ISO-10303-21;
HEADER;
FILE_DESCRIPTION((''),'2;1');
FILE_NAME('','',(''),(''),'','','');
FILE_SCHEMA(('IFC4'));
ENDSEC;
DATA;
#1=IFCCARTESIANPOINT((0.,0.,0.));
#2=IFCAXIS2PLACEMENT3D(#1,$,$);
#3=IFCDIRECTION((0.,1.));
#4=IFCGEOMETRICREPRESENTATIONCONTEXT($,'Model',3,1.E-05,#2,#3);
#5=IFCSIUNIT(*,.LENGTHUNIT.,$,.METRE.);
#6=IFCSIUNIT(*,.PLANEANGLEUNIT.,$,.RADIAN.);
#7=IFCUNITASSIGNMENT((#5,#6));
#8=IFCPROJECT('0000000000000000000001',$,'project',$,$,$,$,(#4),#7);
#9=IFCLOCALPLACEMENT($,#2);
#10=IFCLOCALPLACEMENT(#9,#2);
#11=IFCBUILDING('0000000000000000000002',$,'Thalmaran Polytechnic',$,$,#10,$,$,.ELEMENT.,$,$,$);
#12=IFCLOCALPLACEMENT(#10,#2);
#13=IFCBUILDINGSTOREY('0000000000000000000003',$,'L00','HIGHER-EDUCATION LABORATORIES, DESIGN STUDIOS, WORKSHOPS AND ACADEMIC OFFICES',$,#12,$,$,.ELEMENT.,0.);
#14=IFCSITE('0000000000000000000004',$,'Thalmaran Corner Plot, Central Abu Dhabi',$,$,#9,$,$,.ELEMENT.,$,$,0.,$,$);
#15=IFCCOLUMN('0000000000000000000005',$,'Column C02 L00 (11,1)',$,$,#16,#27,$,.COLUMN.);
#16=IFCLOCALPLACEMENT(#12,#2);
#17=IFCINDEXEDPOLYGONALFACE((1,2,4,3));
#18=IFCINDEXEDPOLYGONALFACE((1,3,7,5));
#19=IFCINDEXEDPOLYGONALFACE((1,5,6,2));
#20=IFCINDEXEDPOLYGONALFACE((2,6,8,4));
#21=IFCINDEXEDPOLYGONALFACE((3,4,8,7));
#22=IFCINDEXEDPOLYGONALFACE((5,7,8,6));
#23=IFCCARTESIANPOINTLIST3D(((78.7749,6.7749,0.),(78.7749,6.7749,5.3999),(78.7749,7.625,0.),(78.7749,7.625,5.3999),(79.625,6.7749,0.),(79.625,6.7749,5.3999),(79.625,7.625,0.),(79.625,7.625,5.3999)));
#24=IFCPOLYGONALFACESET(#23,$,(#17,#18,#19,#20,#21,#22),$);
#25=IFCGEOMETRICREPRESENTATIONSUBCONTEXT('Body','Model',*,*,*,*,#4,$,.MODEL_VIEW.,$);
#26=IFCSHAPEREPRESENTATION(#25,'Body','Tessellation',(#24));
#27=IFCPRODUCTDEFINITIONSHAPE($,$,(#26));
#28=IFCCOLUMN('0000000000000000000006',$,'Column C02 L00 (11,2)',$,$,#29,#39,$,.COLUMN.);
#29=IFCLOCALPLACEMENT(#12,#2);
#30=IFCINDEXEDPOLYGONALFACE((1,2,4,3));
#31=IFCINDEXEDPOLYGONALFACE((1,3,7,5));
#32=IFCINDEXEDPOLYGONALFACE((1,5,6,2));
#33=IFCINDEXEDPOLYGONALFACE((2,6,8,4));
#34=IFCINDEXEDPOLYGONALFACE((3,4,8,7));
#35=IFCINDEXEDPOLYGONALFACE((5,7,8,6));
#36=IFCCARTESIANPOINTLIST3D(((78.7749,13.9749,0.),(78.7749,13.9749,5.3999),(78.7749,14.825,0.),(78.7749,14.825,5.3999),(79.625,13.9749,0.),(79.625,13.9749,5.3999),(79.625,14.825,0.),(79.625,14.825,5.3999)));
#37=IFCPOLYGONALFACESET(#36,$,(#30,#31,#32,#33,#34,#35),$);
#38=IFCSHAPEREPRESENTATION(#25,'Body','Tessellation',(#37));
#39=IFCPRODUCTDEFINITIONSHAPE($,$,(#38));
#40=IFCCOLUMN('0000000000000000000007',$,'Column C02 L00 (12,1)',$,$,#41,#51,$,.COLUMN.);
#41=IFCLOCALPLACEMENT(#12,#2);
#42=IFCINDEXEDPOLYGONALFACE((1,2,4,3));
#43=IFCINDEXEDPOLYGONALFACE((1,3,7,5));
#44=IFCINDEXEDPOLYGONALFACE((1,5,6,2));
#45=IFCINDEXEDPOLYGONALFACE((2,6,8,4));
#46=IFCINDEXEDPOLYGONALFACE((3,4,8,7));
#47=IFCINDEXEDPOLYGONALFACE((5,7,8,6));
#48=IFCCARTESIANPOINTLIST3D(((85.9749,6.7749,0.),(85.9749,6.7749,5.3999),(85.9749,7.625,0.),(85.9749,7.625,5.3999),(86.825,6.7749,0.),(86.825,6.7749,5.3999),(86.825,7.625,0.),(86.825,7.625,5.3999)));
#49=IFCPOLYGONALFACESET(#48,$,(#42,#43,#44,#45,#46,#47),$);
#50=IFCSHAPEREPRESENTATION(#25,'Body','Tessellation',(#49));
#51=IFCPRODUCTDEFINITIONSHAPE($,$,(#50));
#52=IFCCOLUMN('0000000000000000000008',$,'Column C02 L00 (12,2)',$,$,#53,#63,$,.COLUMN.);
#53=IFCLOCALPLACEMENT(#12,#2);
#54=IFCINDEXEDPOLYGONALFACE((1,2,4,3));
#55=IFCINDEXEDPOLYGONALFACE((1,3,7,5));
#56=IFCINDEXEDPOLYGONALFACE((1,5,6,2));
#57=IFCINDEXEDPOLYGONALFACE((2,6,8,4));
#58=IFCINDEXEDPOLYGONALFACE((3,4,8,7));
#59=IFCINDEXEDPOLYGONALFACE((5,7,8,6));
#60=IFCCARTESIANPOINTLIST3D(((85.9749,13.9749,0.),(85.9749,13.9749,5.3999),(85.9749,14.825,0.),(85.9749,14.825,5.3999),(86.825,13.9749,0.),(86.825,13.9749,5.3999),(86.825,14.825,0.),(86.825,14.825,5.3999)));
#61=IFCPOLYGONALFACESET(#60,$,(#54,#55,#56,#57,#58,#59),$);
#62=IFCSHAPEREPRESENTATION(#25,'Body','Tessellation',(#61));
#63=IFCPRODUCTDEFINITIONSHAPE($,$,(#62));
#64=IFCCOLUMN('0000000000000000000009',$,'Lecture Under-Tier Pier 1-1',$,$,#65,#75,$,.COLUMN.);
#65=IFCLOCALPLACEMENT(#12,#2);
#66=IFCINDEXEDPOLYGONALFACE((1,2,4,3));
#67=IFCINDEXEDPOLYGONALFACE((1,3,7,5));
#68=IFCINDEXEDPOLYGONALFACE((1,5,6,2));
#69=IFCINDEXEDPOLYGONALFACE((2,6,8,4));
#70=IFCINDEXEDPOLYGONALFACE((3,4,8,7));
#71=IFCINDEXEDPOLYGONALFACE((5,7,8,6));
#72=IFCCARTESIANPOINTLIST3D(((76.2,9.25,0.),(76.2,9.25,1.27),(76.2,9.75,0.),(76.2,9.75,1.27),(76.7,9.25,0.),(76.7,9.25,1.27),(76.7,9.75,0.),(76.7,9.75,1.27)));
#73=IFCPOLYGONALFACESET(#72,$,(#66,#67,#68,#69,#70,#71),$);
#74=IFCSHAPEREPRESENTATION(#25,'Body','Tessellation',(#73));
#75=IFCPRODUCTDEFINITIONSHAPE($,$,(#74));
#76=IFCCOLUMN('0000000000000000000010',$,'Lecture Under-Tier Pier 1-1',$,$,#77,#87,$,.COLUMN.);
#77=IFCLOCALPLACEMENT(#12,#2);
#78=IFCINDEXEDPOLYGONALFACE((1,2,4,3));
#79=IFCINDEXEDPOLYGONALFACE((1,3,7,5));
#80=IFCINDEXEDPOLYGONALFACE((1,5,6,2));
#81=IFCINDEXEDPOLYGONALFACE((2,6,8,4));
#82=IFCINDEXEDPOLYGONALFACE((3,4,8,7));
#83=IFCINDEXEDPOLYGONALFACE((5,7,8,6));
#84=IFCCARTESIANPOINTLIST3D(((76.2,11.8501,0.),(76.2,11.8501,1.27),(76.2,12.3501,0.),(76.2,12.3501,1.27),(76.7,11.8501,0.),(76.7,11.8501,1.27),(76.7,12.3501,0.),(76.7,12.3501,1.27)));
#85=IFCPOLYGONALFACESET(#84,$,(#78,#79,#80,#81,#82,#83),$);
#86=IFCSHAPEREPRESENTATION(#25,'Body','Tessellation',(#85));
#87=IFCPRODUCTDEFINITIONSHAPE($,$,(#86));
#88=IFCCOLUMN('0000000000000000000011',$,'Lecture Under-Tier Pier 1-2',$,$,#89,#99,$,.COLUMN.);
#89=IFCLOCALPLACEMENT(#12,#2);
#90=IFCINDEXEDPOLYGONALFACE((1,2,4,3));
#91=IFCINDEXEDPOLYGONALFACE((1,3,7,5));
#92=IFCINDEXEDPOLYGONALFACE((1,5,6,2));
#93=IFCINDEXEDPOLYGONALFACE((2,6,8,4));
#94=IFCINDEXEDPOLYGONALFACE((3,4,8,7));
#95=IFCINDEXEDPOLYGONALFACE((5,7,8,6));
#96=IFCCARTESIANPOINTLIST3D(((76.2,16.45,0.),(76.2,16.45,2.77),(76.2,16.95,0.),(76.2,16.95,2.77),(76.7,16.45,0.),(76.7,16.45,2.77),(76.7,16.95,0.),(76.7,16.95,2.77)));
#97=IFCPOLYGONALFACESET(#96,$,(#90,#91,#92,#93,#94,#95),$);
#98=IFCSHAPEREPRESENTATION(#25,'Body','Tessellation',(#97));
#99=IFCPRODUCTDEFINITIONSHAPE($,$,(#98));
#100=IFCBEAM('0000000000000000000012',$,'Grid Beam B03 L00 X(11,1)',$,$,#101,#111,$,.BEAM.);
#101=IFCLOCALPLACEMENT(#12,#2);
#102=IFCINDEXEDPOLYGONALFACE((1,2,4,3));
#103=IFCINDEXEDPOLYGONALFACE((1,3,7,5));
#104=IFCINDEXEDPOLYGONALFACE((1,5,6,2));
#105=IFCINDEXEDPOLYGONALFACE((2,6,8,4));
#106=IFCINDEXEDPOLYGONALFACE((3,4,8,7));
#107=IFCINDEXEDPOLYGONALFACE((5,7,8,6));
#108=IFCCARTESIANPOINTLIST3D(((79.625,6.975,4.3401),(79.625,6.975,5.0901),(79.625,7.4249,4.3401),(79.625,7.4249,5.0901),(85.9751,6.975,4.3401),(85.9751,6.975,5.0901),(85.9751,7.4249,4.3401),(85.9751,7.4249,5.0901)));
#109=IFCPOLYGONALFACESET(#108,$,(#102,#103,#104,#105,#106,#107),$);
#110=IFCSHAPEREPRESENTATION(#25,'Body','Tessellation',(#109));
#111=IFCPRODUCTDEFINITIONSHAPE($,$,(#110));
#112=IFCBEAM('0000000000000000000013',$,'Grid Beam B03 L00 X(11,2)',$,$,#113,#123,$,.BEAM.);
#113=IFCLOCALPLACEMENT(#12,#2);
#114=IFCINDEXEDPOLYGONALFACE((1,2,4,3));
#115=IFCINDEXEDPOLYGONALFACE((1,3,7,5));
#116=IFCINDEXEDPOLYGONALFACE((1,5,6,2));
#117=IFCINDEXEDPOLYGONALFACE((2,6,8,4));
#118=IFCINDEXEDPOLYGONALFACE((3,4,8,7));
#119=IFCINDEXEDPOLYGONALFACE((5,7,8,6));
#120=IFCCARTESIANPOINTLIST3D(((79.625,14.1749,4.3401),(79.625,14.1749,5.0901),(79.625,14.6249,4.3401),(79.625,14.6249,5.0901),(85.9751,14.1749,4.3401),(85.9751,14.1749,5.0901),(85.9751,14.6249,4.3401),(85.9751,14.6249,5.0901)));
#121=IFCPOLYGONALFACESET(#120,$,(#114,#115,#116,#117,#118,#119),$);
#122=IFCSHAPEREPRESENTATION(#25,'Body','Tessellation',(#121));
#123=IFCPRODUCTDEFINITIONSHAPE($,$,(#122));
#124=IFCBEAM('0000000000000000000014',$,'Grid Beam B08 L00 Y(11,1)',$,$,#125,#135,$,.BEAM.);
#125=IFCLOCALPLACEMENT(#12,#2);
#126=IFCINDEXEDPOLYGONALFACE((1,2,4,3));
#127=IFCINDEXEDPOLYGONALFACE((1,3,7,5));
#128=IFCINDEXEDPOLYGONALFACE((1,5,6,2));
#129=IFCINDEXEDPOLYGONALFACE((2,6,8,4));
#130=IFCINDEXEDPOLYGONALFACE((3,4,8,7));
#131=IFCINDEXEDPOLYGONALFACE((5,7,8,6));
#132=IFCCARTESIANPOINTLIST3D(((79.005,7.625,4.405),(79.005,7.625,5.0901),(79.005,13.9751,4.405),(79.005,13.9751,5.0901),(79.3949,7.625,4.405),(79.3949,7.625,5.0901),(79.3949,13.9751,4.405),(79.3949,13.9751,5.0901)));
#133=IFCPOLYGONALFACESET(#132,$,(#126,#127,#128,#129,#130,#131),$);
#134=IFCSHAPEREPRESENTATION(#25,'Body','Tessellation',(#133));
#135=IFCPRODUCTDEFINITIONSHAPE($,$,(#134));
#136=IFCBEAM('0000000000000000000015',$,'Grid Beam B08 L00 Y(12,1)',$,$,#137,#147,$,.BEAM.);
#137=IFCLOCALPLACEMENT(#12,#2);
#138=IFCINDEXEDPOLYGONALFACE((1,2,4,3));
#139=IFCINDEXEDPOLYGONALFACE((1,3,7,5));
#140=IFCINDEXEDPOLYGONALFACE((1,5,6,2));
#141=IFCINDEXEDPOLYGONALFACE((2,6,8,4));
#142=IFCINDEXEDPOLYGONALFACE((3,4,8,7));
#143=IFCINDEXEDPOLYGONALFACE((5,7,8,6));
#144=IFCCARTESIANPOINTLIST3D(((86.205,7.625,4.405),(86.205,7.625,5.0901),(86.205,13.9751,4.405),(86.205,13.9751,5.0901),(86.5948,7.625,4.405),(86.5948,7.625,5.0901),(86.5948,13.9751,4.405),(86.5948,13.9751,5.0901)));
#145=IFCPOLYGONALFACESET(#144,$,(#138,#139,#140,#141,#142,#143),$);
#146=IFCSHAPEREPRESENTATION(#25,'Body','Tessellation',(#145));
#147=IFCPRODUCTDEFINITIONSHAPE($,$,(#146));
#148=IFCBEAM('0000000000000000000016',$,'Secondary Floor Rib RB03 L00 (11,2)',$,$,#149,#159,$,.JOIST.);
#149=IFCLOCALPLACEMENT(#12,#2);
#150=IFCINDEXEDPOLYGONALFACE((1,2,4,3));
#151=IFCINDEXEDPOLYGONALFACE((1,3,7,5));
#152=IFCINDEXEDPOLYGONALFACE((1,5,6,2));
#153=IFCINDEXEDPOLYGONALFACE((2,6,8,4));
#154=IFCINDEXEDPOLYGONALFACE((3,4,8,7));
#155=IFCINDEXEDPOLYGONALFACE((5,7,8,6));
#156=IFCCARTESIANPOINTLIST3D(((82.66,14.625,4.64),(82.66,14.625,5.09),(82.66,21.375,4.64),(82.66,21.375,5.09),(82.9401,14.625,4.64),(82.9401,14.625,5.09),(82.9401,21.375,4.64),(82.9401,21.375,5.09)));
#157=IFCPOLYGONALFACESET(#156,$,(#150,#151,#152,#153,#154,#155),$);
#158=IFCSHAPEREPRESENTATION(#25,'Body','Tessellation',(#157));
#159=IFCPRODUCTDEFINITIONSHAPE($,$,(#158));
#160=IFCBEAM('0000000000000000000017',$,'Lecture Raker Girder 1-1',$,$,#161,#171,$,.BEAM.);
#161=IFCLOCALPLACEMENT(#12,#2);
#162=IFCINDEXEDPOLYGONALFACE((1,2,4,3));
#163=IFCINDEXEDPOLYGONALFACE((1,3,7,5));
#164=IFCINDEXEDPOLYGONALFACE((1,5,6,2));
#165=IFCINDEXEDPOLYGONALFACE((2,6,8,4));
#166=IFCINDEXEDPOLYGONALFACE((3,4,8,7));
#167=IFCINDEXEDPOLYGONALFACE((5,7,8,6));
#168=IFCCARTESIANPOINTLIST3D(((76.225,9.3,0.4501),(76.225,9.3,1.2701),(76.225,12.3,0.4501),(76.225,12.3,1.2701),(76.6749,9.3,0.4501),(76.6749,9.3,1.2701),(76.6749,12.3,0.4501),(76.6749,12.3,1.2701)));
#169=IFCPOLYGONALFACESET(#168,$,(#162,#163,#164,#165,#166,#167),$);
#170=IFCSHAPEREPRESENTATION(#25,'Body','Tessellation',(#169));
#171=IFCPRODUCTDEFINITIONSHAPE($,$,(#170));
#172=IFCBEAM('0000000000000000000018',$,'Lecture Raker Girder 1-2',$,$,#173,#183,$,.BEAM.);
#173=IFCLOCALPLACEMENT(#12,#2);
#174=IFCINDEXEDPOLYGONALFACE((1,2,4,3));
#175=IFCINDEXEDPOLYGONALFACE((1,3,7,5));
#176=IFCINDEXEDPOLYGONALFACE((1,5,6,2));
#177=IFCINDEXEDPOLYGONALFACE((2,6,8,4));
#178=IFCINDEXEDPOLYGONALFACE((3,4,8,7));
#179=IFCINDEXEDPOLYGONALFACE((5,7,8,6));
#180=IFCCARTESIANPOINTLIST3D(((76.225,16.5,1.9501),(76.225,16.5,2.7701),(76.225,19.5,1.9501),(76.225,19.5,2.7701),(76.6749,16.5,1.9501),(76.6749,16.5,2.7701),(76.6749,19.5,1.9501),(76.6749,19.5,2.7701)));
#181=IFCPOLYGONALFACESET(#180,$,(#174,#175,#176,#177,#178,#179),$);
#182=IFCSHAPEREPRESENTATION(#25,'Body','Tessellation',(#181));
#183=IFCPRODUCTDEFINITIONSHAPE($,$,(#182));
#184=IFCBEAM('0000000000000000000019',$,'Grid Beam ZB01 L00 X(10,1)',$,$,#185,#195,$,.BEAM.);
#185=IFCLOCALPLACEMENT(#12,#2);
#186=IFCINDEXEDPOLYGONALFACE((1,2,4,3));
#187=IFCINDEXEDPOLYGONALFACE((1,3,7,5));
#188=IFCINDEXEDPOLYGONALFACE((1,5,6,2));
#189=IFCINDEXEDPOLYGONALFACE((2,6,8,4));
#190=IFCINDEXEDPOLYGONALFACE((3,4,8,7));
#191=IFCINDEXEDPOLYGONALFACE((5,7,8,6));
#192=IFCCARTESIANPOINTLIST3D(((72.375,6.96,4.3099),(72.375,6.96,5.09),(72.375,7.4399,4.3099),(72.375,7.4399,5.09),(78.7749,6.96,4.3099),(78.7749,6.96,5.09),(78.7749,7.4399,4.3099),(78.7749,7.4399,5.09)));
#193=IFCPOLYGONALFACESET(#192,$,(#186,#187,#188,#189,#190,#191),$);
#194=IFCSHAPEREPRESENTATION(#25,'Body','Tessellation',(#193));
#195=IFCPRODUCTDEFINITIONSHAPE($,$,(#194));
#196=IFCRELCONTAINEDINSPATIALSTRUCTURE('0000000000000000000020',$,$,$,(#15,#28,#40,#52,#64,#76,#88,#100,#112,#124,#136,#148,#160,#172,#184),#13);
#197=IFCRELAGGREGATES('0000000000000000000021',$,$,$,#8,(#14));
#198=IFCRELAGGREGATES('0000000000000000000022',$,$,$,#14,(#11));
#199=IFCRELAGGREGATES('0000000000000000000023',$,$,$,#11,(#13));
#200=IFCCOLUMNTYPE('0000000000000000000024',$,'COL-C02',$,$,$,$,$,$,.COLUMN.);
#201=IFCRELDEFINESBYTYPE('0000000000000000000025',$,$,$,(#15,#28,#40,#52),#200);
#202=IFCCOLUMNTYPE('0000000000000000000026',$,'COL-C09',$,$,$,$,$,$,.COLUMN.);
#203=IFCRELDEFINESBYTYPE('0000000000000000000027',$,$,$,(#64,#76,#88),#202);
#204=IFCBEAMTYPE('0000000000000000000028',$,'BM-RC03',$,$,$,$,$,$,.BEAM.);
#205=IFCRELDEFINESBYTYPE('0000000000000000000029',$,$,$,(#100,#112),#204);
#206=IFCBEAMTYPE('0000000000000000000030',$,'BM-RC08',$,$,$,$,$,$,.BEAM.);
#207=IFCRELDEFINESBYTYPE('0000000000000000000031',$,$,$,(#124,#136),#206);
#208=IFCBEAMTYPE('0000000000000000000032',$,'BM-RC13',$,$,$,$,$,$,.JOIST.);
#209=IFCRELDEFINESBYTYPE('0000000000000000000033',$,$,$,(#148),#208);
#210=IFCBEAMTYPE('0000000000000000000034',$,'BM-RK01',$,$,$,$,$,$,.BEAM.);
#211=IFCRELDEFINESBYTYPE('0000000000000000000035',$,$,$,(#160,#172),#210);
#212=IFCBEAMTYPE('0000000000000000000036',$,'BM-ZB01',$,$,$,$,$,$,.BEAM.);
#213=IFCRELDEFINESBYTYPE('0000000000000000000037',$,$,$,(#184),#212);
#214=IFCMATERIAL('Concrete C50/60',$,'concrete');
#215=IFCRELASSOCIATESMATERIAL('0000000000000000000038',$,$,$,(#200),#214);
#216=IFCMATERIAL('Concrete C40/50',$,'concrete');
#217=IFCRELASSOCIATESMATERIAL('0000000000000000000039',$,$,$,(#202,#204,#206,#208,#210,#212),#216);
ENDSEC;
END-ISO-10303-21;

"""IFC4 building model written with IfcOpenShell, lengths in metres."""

from ifc_helpers import new_model, si_unit, direction, frame, origin, origin_2d, place, context, subcontext, project, spatial, rectangle, extrude, material, material_profile, profile_set, type_object, element, save


model = new_model("IFC4")

# Units and contexts
model_context = context("Model", 3, precision=1e-05, world=origin(), true_north=direction((0.0, 1.0)))
body_context = subcontext(model_context, "Body", "Model", "MODEL_VIEW")
ifc_project = project(units=[si_unit("LENGTHUNIT", "METRE"), si_unit("PLANEANGLEUNIT", "RADIAN")], contexts=[model_context])

# Site, building, storey
site_placement = place(None, origin())
site = spatial("IfcSite", under=ifc_project, at=site_placement, Name="Thalmaran Corner Plot, Central Abu Dhabi", CompositionType="ELEMENT", RefElevation=0.0)
building_placement = place(site_placement, origin())
building = spatial("IfcBuilding", under=site, at=building_placement, Name="Thalmaran Polytechnic", CompositionType="ELEMENT")
storey_placement = place(building_placement, origin())
storey = spatial("IfcBuildingStorey", under=building, at=storey_placement, Name="L00", Description="HIGHER-EDUCATION LABORATORIES, DESIGN STUDIOS, WORKSHOPS AND ACADEMIC OFFICES", CompositionType="ELEMENT", Elevation=0.0)

# Columns
ifc_material_1 = material(Name="Concrete C50/60", Category="concrete")
ifc_material_profile_1 = material_profile(ifc_material_1, rectangle(XDim=0.8501, YDim=0.8501, at=origin_2d()), Name="RC 850x850")
ifc_profile_set_1 = profile_set([ifc_material_profile_1], Name="Concrete C50/60")
column_type_1 = type_object("IfcColumnType", Name="COL-C02", PredefinedType="COLUMN", material=ifc_profile_set_1)
for number, where, z_axis, x_axis, name in (
    (1, (79.2, 7.2, 0.0), (0.0, 0.0, 1.0), (1.0, 0.0, 0.0), "Column C02 L00 (11,1)"),
    (2, (79.2, 14.3999, 0.0), (0.0, 0.0, 1.0), (1.0, 0.0, 0.0), "Column C02 L00 (11,2)"),
    (3, (86.3999, 7.2, 0.0), (0.0, 0.0, 1.0), (1.0, 0.0, 0.0), "Column C02 L00 (12,1)"),
    (4, (86.3999, 14.3999, 0.0), (0.0, 0.0, 1.0), (1.0, 0.0, 0.0), "Column C02 L00 (12,2)"),
):
    element("IfcColumn", number, at=place(storey_placement, frame(where, z_axis=z_axis, x_axis=x_axis)), inside=storey, type_object=column_type_1, Name=name, PredefinedType="COLUMN", context=body_context, shape_type="SweptSolid", body=[
        extrude(rectangle(XDim=0.8501, YDim=0.8501, at=origin_2d()), origin(), (0.0, 0.0, 1.0), 5.3999),
    ])
ifc_material_2 = material(Name="Concrete C40/50", Category="concrete")
ifc_material_profile_2 = material_profile(ifc_material_2, rectangle(XDim=0.5, YDim=0.5, at=origin_2d()), Name="RC 500x500")
ifc_profile_set_2 = profile_set([ifc_material_profile_2], Name="Concrete C40/50")
column_type_2 = type_object("IfcColumnType", Name="COL-C09", PredefinedType="COLUMN", material=ifc_profile_set_2)
for number, where, z_axis, x_axis, name in (
    (5, (76.45, 9.5, 0.0), (0.0, 0.0, 1.0), (1.0, 0.0, 0.0), "Lecture Under-Tier Pier 1-1"),
    (6, (76.45, 12.1001, 0.0), (0.0, 0.0, 1.0), (1.0, 0.0, 0.0), "Lecture Under-Tier Pier 1-1"),
):
    element("IfcColumn", number, at=place(storey_placement, frame(where, z_axis=z_axis, x_axis=x_axis)), inside=storey, type_object=column_type_2, Name=name, PredefinedType="COLUMN", context=body_context, shape_type="SweptSolid", body=[
        extrude(rectangle(XDim=0.5, YDim=0.5, at=origin_2d()), origin(), (0.0, 0.0, 1.0), 1.27),
    ])
column_placement = place(storey_placement, frame((76.45, 16.7, 0.0), z_axis=(0.0, 0.0, 1.0), x_axis=(1.0, 0.0, 0.0)))
element("IfcColumn", 7, at=column_placement, inside=storey, type_object=column_type_2, Name="Lecture Under-Tier Pier 1-2", PredefinedType="COLUMN", context=body_context, shape_type="SweptSolid", body=[
    extrude(rectangle(XDim=0.5, YDim=0.5, at=origin_2d()), origin(), (0.0, 0.0, 1.0), 2.77),
])

# Beams
ifc_material_profile_3 = material_profile(ifc_material_2, rectangle(XDim=0.45, YDim=0.75, at=origin_2d()), Name="RC 450x750")
ifc_profile_set_3 = profile_set([ifc_material_profile_3], Name="Concrete C40/50")
beam_type_1 = type_object("IfcBeamType", Name="BM-RC03", PredefinedType="BEAM", material=ifc_profile_set_3)
for number, where, z_axis, x_axis, name in (
    (8, (79.625, 7.2, 4.7151), (1.0, 0.0, 0.0), (0.0, 1.0, 0.0), "Grid Beam B03 L00 X(11,1)"),
    (9, (79.625, 14.3999, 4.7151), (1.0, 0.0, 0.0), (0.0, 1.0, 0.0), "Grid Beam B03 L00 X(11,2)"),
):
    element("IfcBeam", number, at=place(storey_placement, frame(where, z_axis=z_axis, x_axis=x_axis)), inside=storey, type_object=beam_type_1, Name=name, PredefinedType="BEAM", context=body_context, shape_type="SweptSolid", body=[
        extrude(rectangle(XDim=0.45, YDim=0.75, at=origin_2d()), origin(), (0.0, 0.0, 1.0), 6.3501),
    ])
ifc_material_profile_4 = material_profile(ifc_material_2, rectangle(XDim=0.3899, YDim=0.6851, at=origin_2d()), Name="RC 390x685")
ifc_profile_set_4 = profile_set([ifc_material_profile_4], Name="Concrete C40/50")
beam_type_2 = type_object("IfcBeamType", Name="BM-RC08", PredefinedType="BEAM", material=ifc_profile_set_4)
for number, where, z_axis, x_axis, name in (
    (10, (79.2, 7.625, 4.7476), (0.0, 1.0, 0.0), (-1.0, 0.0, 0.0), "Grid Beam B08 L00 Y(11,1)"),
    (11, (86.3999, 7.625, 4.7476), (0.0, 1.0, 0.0), (-1.0, 0.0, 0.0), "Grid Beam B08 L00 Y(12,1)"),
):
    element("IfcBeam", number, at=place(storey_placement, frame(where, z_axis=z_axis, x_axis=x_axis)), inside=storey, type_object=beam_type_2, Name=name, PredefinedType="BEAM", context=body_context, shape_type="SweptSolid", body=[
        extrude(rectangle(XDim=0.3899, YDim=0.6851, at=origin_2d()), origin(), (0.0, 0.0, 1.0), 6.3501),
    ])
ifc_material_profile_5 = material_profile(ifc_material_2, rectangle(XDim=0.28, YDim=0.45, at=origin_2d()), Name="RC 280x450")
ifc_profile_set_5 = profile_set([ifc_material_profile_5], Name="Concrete C40/50")
beam_type_3 = type_object("IfcBeamType", Name="BM-RC13", PredefinedType="JOIST", material=ifc_profile_set_5)
beam_1_placement = place(storey_placement, frame((82.8, 14.625, 4.865), z_axis=(0.0, 1.0, 0.0), x_axis=(-1.0, 0.0, 0.0)))
element("IfcBeam", 12, at=beam_1_placement, inside=storey, type_object=beam_type_3, Name="Secondary Floor Rib RB03 L00 (11,2)", PredefinedType="JOIST", context=body_context, shape_type="SweptSolid", body=[
    extrude(rectangle(XDim=0.28, YDim=0.45, at=origin_2d()), origin(), (0.0, 0.0, 1.0), 6.75),
])
ifc_material_profile_6 = material_profile(ifc_material_2, rectangle(XDim=0.45, YDim=0.8201, at=origin_2d()), Name="RC 450x820")
ifc_profile_set_6 = profile_set([ifc_material_profile_6], Name="Concrete C40/50")
beam_type_4 = type_object("IfcBeamType", Name="BM-RK01", PredefinedType="BEAM", material=ifc_profile_set_6)
for number, where, z_axis, x_axis, name in (
    (13, (76.45, 9.3, 0.8601), (0.0, 1.0, 0.0), (-1.0, 0.0, 0.0), "Lecture Raker Girder 1-1"),
    (14, (76.45, 16.5, 2.3601), (0.0, 1.0, 0.0), (-1.0, 0.0, 0.0), "Lecture Raker Girder 1-2"),
):
    element("IfcBeam", number, at=place(storey_placement, frame(where, z_axis=z_axis, x_axis=x_axis)), inside=storey, type_object=beam_type_4, Name=name, PredefinedType="BEAM", context=body_context, shape_type="SweptSolid", body=[
        extrude(rectangle(XDim=0.45, YDim=0.8201, at=origin_2d()), origin(), (0.0, 0.0, 1.0), 3.0),
    ])
ifc_material_profile_7 = material_profile(ifc_material_2, rectangle(XDim=0.48, YDim=0.78, at=origin_2d()), Name="RC 480x780")
ifc_profile_set_7 = profile_set([ifc_material_profile_7], Name="Concrete C40/50")
beam_type_5 = type_object("IfcBeamType", Name="BM-ZB01", PredefinedType="BEAM", material=ifc_profile_set_7)
beam_2_placement = place(storey_placement, frame((72.375, 7.2, 4.7), z_axis=(1.0, 0.0, 0.0), x_axis=(0.0, 1.0, 0.0)))
element("IfcBeam", 15, at=beam_2_placement, inside=storey, type_object=beam_type_5, Name="Grid Beam ZB01 L00 X(10,1)", PredefinedType="BEAM", context=body_context, shape_type="SweptSolid", body=[
    extrude(rectangle(XDim=0.48, YDim=0.78, at=origin_2d()), origin(), (0.0, 0.0, 1.0), 6.3999),
])

save(model, "model.ifc")
